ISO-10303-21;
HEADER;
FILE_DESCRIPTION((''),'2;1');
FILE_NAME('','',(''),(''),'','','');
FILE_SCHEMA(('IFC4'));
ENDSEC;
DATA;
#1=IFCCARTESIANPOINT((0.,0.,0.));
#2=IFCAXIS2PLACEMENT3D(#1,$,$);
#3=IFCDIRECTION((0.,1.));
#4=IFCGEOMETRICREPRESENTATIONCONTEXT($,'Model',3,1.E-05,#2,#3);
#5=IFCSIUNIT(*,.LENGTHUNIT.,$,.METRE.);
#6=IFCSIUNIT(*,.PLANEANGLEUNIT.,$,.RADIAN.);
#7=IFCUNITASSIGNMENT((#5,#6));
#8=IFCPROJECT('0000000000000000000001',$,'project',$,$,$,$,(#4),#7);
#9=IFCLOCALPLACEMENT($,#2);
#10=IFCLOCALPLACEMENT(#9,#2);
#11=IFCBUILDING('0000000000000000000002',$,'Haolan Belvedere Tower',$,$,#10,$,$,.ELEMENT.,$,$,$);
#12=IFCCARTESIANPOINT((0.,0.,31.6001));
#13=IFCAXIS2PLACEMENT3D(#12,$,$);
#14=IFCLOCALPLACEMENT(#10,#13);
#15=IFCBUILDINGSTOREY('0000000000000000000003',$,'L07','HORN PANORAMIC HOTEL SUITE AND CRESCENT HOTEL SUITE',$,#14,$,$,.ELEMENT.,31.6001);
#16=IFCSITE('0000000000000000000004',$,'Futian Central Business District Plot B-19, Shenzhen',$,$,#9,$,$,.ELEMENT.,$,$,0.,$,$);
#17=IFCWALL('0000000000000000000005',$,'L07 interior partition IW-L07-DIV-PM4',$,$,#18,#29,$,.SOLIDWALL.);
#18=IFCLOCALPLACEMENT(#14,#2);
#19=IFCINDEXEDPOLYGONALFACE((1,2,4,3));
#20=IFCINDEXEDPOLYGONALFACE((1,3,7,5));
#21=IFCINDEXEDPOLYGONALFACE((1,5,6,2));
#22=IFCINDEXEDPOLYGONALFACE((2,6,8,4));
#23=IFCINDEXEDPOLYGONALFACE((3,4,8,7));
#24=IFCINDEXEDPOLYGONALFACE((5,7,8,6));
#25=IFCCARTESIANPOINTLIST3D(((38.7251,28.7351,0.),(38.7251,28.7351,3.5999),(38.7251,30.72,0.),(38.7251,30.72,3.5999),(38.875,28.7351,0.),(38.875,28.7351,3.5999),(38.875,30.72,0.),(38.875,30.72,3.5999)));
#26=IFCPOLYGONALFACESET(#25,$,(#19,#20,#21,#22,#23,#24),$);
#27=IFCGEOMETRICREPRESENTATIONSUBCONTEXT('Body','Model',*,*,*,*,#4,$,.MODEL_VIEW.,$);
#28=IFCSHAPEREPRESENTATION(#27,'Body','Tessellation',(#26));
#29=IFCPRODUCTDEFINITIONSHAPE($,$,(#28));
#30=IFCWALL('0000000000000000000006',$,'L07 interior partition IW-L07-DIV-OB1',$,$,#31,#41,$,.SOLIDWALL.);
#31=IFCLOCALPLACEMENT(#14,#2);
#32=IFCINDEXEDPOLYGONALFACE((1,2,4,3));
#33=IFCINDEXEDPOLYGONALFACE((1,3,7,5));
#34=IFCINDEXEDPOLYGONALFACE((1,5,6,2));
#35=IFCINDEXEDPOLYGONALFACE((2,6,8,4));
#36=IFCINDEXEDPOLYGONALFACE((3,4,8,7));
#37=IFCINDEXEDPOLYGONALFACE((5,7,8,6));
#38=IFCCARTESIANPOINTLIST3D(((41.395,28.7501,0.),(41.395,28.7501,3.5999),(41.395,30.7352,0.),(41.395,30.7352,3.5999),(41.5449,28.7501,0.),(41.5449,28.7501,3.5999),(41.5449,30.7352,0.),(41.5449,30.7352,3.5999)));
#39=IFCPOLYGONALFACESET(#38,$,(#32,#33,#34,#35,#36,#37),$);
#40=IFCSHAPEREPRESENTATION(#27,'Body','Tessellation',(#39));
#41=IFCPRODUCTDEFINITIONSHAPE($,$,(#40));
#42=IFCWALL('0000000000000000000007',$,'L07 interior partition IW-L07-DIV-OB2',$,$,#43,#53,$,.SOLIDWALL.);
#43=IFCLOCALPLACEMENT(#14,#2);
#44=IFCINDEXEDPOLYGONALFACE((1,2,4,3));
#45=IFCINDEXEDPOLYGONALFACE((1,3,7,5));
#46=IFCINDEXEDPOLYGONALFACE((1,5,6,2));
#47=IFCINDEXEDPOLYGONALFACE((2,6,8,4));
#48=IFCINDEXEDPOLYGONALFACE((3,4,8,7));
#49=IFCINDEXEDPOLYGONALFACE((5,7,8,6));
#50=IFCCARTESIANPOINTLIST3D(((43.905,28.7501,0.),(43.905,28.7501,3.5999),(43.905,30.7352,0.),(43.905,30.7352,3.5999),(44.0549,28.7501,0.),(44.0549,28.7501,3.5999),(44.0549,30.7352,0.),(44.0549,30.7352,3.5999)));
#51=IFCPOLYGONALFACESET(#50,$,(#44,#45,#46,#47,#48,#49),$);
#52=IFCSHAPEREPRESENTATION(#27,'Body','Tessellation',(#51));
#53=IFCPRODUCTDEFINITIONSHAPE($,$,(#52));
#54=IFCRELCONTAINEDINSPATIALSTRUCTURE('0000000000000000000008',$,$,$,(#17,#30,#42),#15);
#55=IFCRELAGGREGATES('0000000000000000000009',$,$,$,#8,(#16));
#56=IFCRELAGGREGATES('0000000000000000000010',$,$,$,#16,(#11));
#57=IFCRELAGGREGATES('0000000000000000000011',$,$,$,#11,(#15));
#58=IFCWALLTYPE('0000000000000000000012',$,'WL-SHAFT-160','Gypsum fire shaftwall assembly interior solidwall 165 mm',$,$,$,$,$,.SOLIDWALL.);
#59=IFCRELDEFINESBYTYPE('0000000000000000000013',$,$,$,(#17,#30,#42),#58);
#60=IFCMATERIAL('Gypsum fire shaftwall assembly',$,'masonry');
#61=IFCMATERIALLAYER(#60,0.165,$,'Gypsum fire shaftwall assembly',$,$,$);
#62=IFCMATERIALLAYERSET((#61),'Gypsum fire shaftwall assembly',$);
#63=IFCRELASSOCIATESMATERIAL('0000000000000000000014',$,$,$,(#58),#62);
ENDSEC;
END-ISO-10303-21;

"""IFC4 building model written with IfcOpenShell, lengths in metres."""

from ifc_helpers import new_model, si_unit, direction, frame, frame_2d, origin, place, context, subcontext, project, spatial, rectangle, extrude, material, layer, layer_set, type_object, element, save


model = new_model("IFC4")

# Units and contexts
model_context = context("Model", 3, precision=1e-05, world=origin(), true_north=direction((0.0, 1.0)))
body_context = subcontext(model_context, "Body", "Model", "MODEL_VIEW")
ifc_project = project(units=[si_unit("LENGTHUNIT", "METRE"), si_unit("PLANEANGLEUNIT", "RADIAN")], contexts=[model_context])

# Site, building, storey
site_placement = place(None, origin())
site = spatial("IfcSite", under=ifc_project, at=site_placement, Name="Futian Central Business District Plot B-19, Shenzhen", CompositionType="ELEMENT", RefElevation=0.0)
building_placement = place(site_placement, origin())
building = spatial("IfcBuilding", under=site, at=building_placement, Name="Haolan Belvedere Tower", CompositionType="ELEMENT")
storey_placement = place(building_placement, frame((0.0, 0.0, 31.6001)))
storey = spatial("IfcBuildingStorey", under=building, at=storey_placement, Name="L07", Description="HORN PANORAMIC HOTEL SUITE AND CRESCENT HOTEL SUITE", CompositionType="ELEMENT", Elevation=31.6001)

# Walls
ifc_material_1 = material(Name="Gypsum fire shaftwall assembly", Category="masonry")
ifc_layer_1 = layer(ifc_material_1, 0.165, Name="Gypsum fire shaftwall assembly")
ifc_layer_set_1 = layer_set([ifc_layer_1], Name="Gypsum fire shaftwall assembly")
wall_type_1 = type_object("IfcWallType", Name="WL-SHAFT-160", Description="Gypsum fire shaftwall assembly interior solidwall 165 mm", PredefinedType="SOLIDWALL", material=ifc_layer_set_1)
wall_1_placement = place(storey_placement, frame((38.8, 28.7351, 0.0), z_axis=(0.0, 0.0, 1.0), x_axis=(0.0, 1.0, 0.0)))
element("IfcWall", 1, at=wall_1_placement, inside=storey, type_object=wall_type_1, Name="L07 interior partition IW-L07-DIV-PM4", PredefinedType="SOLIDWALL", context=body_context, shape_type="SweptSolid", body=[
    extrude(rectangle(XDim=1.9849, YDim=0.1499, at=frame_2d((0.9924, 0.0))), origin(), (0.0, 0.0, 1.0), 3.5999),
])
for number, where, z_axis, x_axis, name in (
    (2, (41.47, 28.75, 0.0), (0.0, 0.0, 1.0), (0.0, 1.0, 0.0), "L07 interior partition IW-L07-DIV-OB1"),
    (3, (43.98, 28.75, 0.0), (0.0, 0.0, 1.0), (0.0, 1.0, 0.0), "L07 interior partition IW-L07-DIV-OB2"),
):
    element("IfcWall", number, at=place(storey_placement, frame(where, z_axis=z_axis, x_axis=x_axis)), inside=storey, type_object=wall_type_1, Name=name, PredefinedType="SOLIDWALL", context=body_context, shape_type="SweptSolid", body=[
        extrude(rectangle(XDim=1.9851, YDim=0.1499, at=frame_2d((0.9927, 0.0))), origin(), (0.0, 0.0, 1.0), 3.5999),
    ])

save(model, "model.ifc")
